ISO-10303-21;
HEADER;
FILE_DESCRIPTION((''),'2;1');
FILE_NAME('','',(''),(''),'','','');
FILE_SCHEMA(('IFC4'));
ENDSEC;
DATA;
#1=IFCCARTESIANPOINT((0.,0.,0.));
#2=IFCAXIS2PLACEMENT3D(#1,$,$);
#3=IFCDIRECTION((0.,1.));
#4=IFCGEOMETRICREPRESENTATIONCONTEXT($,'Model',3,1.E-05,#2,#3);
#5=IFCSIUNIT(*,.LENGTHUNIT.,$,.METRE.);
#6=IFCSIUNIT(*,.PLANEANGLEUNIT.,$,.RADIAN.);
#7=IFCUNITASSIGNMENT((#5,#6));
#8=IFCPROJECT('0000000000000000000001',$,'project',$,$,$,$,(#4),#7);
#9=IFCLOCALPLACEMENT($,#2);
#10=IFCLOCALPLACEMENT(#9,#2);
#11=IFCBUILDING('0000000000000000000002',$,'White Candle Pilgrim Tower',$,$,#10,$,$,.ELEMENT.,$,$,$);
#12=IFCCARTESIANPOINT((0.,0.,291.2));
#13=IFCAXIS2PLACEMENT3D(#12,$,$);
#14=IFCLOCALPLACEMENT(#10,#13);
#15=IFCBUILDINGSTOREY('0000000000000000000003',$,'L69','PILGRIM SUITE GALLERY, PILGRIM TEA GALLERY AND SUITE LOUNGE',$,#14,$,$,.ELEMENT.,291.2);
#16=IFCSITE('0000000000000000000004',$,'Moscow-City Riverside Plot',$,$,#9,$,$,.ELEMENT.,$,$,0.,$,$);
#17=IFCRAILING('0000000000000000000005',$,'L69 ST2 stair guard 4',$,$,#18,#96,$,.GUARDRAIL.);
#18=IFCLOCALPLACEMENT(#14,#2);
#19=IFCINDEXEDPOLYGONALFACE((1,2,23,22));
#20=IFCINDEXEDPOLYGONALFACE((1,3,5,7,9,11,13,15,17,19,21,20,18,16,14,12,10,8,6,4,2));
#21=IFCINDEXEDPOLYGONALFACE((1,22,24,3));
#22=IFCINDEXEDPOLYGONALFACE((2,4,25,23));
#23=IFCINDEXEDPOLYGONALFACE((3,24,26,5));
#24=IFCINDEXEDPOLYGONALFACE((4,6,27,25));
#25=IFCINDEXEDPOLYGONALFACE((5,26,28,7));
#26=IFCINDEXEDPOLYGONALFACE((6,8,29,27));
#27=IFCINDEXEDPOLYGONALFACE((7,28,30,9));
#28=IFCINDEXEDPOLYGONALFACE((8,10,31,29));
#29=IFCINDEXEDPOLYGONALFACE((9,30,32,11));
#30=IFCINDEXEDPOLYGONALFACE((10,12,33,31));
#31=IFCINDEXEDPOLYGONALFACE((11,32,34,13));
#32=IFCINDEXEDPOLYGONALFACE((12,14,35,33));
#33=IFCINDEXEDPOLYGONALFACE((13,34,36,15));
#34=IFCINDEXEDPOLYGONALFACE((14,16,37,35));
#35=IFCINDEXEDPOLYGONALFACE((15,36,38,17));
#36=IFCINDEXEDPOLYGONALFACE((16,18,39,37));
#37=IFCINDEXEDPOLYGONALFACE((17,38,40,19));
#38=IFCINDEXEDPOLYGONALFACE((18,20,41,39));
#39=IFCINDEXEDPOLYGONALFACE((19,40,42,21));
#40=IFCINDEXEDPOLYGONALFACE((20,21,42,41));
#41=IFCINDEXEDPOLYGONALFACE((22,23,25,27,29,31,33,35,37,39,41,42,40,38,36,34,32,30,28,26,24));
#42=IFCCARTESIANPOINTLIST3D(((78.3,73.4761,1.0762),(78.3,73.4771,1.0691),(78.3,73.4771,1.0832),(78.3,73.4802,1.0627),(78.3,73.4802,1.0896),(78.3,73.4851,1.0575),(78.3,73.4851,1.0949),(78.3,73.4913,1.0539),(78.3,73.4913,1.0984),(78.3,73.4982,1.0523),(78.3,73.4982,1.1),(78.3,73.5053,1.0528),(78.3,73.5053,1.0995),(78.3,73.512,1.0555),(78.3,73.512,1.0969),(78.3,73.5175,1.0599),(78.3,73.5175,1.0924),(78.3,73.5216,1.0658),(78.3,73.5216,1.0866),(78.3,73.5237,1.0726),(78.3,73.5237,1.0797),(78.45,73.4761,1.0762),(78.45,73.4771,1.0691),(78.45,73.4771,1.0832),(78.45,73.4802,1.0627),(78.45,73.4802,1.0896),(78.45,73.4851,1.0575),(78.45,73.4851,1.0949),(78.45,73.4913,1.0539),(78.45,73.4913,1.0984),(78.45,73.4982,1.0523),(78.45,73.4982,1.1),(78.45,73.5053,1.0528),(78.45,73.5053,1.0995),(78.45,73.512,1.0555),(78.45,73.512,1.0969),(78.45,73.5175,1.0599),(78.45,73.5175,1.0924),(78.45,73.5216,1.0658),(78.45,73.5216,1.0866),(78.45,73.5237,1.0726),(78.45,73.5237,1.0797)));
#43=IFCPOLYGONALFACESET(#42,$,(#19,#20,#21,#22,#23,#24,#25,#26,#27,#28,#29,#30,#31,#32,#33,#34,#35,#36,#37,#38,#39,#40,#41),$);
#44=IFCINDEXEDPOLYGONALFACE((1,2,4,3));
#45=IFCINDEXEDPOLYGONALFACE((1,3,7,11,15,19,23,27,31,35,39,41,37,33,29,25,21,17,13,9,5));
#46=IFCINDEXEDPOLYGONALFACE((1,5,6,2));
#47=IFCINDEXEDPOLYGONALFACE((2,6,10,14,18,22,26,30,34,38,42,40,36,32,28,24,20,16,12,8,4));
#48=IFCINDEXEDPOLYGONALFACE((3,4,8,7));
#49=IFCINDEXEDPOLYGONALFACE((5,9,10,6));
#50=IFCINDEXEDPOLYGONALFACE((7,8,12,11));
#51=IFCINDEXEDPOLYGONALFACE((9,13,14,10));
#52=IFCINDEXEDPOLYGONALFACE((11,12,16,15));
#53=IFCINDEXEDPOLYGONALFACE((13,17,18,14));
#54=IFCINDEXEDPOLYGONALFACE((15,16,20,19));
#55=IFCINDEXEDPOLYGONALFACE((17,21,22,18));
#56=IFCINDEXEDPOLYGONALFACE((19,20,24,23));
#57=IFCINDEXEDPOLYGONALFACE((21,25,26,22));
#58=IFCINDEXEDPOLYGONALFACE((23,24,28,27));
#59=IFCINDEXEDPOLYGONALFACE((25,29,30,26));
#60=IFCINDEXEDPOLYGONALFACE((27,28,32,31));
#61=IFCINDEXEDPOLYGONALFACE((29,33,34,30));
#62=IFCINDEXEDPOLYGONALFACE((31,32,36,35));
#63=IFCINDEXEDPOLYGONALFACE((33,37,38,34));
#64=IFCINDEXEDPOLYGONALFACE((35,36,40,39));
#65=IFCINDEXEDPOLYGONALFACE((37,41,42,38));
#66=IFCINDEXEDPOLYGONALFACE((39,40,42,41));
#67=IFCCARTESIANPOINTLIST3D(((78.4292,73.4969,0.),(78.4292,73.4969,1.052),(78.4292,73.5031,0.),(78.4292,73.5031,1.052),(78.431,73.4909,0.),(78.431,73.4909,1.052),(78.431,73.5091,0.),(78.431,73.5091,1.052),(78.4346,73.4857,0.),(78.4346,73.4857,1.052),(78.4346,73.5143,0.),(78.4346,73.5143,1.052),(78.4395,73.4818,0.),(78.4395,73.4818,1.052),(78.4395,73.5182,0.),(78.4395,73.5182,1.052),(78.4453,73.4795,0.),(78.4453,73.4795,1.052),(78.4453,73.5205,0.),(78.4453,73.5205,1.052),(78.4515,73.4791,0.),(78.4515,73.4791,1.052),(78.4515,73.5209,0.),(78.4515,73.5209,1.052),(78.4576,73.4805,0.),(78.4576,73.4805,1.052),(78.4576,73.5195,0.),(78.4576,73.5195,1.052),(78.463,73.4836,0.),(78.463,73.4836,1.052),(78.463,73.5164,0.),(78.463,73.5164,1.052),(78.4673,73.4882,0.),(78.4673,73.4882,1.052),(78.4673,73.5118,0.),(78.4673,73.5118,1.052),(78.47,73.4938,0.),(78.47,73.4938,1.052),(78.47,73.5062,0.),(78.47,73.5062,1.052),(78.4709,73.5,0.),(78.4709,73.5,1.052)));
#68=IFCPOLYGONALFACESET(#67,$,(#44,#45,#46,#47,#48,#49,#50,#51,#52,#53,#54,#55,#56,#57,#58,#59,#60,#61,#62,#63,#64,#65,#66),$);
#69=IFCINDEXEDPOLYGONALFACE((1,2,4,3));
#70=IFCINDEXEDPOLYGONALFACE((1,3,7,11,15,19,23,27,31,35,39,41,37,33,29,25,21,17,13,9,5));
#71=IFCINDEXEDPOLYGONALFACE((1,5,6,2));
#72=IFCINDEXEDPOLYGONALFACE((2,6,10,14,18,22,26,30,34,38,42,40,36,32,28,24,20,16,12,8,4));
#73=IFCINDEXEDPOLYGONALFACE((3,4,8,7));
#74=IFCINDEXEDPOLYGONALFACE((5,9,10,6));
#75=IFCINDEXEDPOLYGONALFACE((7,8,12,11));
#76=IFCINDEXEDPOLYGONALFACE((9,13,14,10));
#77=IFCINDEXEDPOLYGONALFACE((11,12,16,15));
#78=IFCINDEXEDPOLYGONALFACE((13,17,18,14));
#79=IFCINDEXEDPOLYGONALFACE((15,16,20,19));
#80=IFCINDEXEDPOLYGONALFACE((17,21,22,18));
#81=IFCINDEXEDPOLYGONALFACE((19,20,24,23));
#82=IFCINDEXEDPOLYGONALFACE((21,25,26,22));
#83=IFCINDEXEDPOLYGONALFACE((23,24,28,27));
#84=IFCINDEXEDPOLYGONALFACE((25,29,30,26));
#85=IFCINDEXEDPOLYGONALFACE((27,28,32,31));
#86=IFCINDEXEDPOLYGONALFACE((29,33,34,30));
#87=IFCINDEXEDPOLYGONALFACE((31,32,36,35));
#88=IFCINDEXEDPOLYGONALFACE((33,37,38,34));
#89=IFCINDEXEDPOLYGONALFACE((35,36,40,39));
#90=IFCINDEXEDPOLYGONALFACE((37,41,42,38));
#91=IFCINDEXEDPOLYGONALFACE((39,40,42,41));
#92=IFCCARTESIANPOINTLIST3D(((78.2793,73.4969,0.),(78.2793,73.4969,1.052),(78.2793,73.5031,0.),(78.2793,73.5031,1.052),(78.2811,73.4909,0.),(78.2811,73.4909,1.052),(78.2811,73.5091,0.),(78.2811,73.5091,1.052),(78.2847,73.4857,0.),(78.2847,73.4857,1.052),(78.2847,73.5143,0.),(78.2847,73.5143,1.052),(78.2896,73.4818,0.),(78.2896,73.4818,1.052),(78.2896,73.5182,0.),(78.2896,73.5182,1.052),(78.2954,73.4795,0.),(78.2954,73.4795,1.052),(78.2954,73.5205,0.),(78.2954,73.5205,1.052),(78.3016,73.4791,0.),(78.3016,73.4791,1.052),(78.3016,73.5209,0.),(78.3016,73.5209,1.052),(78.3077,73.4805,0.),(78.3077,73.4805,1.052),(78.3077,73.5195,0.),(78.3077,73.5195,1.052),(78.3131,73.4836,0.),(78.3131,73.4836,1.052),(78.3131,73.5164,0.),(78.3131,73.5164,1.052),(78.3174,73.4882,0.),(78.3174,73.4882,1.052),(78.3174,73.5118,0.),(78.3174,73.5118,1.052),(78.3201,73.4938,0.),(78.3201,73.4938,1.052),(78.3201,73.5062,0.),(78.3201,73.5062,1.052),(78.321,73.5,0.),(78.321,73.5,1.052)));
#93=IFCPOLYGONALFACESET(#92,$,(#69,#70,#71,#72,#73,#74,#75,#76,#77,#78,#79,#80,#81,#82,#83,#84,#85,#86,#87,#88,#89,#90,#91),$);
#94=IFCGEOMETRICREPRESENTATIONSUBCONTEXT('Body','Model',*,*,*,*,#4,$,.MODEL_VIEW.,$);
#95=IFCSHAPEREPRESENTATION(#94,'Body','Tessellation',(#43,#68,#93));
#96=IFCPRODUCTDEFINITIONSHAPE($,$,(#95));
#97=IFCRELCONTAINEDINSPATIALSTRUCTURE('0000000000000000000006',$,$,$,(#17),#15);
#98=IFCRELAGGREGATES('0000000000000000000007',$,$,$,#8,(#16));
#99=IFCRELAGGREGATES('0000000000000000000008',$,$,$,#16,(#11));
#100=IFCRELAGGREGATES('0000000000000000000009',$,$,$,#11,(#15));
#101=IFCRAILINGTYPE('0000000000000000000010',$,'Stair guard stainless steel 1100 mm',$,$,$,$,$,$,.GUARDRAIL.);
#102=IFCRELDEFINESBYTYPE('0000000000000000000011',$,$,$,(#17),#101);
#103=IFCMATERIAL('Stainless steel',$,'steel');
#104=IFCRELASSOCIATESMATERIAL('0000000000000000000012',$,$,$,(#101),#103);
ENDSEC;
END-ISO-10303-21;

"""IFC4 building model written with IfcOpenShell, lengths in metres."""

from ifc_helpers import new_model, si_unit, direction, frame, origin, origin_2d, place, context, subcontext, project, spatial, circle, extrude, material, type_object, element, save


model = new_model("IFC4")

# Units and contexts
model_context = context("Model", 3, precision=1e-05, world=origin(), true_north=direction((0.0, 1.0)))
body_context = subcontext(model_context, "Body", "Model", "MODEL_VIEW")
ifc_project = project(units=[si_unit("LENGTHUNIT", "METRE"), si_unit("PLANEANGLEUNIT", "RADIAN")], contexts=[model_context])

# Site, building, storey
site_placement = place(None, origin())
site = spatial("IfcSite", under=ifc_project, at=site_placement, Name="Moscow-City Riverside Plot", CompositionType="ELEMENT", RefElevation=0.0)
building_placement = place(site_placement, origin())
building = spatial("IfcBuilding", under=site, at=building_placement, Name="White Candle Pilgrim Tower", CompositionType="ELEMENT")
storey_placement = place(building_placement, frame((0.0, 0.0, 291.2)))
storey = spatial("IfcBuildingStorey", under=building, at=storey_placement, Name="L69", Description="PILGRIM SUITE GALLERY, PILGRIM TEA GALLERY AND SUITE LOUNGE", CompositionType="ELEMENT", Elevation=291.2)

# Railing
ifc_material_1 = material(Name="Stainless steel", Category="steel")
railing_type_1 = type_object("IfcRailingType", Name="Stair guard stainless steel 1100 mm", PredefinedType="GUARDRAIL", material=ifc_material_1)
railing_1_placement = place(storey_placement, frame((78.45, 73.5, 0.0)))
element("IfcRailing", 1, at=railing_1_placement, inside=storey, type_object=railing_type_1, Name="L69 ST2 stair guard 4", PredefinedType="GUARDRAIL", context=body_context, shape_type="SweptSolid", body=[
    extrude(circle(Radius=0.0239, at=origin_2d()), frame((0.0, 0.0, 1.0762), z_axis=(-1.0, 0.0, 0.0), x_axis=(0.0, -1.0, 0.0)), (0.0, 0.0, 1.0), 0.1499),
    extrude(circle(Radius=0.021, at=origin_2d()), origin(), (0.0, 0.0, 1.0), 1.052),
    extrude(circle(Radius=0.021, at=origin_2d()), frame((-0.1499, 0.0, 0.0)), (0.0, 0.0, 1.0), 1.052),
])

save(model, "model.ifc")
